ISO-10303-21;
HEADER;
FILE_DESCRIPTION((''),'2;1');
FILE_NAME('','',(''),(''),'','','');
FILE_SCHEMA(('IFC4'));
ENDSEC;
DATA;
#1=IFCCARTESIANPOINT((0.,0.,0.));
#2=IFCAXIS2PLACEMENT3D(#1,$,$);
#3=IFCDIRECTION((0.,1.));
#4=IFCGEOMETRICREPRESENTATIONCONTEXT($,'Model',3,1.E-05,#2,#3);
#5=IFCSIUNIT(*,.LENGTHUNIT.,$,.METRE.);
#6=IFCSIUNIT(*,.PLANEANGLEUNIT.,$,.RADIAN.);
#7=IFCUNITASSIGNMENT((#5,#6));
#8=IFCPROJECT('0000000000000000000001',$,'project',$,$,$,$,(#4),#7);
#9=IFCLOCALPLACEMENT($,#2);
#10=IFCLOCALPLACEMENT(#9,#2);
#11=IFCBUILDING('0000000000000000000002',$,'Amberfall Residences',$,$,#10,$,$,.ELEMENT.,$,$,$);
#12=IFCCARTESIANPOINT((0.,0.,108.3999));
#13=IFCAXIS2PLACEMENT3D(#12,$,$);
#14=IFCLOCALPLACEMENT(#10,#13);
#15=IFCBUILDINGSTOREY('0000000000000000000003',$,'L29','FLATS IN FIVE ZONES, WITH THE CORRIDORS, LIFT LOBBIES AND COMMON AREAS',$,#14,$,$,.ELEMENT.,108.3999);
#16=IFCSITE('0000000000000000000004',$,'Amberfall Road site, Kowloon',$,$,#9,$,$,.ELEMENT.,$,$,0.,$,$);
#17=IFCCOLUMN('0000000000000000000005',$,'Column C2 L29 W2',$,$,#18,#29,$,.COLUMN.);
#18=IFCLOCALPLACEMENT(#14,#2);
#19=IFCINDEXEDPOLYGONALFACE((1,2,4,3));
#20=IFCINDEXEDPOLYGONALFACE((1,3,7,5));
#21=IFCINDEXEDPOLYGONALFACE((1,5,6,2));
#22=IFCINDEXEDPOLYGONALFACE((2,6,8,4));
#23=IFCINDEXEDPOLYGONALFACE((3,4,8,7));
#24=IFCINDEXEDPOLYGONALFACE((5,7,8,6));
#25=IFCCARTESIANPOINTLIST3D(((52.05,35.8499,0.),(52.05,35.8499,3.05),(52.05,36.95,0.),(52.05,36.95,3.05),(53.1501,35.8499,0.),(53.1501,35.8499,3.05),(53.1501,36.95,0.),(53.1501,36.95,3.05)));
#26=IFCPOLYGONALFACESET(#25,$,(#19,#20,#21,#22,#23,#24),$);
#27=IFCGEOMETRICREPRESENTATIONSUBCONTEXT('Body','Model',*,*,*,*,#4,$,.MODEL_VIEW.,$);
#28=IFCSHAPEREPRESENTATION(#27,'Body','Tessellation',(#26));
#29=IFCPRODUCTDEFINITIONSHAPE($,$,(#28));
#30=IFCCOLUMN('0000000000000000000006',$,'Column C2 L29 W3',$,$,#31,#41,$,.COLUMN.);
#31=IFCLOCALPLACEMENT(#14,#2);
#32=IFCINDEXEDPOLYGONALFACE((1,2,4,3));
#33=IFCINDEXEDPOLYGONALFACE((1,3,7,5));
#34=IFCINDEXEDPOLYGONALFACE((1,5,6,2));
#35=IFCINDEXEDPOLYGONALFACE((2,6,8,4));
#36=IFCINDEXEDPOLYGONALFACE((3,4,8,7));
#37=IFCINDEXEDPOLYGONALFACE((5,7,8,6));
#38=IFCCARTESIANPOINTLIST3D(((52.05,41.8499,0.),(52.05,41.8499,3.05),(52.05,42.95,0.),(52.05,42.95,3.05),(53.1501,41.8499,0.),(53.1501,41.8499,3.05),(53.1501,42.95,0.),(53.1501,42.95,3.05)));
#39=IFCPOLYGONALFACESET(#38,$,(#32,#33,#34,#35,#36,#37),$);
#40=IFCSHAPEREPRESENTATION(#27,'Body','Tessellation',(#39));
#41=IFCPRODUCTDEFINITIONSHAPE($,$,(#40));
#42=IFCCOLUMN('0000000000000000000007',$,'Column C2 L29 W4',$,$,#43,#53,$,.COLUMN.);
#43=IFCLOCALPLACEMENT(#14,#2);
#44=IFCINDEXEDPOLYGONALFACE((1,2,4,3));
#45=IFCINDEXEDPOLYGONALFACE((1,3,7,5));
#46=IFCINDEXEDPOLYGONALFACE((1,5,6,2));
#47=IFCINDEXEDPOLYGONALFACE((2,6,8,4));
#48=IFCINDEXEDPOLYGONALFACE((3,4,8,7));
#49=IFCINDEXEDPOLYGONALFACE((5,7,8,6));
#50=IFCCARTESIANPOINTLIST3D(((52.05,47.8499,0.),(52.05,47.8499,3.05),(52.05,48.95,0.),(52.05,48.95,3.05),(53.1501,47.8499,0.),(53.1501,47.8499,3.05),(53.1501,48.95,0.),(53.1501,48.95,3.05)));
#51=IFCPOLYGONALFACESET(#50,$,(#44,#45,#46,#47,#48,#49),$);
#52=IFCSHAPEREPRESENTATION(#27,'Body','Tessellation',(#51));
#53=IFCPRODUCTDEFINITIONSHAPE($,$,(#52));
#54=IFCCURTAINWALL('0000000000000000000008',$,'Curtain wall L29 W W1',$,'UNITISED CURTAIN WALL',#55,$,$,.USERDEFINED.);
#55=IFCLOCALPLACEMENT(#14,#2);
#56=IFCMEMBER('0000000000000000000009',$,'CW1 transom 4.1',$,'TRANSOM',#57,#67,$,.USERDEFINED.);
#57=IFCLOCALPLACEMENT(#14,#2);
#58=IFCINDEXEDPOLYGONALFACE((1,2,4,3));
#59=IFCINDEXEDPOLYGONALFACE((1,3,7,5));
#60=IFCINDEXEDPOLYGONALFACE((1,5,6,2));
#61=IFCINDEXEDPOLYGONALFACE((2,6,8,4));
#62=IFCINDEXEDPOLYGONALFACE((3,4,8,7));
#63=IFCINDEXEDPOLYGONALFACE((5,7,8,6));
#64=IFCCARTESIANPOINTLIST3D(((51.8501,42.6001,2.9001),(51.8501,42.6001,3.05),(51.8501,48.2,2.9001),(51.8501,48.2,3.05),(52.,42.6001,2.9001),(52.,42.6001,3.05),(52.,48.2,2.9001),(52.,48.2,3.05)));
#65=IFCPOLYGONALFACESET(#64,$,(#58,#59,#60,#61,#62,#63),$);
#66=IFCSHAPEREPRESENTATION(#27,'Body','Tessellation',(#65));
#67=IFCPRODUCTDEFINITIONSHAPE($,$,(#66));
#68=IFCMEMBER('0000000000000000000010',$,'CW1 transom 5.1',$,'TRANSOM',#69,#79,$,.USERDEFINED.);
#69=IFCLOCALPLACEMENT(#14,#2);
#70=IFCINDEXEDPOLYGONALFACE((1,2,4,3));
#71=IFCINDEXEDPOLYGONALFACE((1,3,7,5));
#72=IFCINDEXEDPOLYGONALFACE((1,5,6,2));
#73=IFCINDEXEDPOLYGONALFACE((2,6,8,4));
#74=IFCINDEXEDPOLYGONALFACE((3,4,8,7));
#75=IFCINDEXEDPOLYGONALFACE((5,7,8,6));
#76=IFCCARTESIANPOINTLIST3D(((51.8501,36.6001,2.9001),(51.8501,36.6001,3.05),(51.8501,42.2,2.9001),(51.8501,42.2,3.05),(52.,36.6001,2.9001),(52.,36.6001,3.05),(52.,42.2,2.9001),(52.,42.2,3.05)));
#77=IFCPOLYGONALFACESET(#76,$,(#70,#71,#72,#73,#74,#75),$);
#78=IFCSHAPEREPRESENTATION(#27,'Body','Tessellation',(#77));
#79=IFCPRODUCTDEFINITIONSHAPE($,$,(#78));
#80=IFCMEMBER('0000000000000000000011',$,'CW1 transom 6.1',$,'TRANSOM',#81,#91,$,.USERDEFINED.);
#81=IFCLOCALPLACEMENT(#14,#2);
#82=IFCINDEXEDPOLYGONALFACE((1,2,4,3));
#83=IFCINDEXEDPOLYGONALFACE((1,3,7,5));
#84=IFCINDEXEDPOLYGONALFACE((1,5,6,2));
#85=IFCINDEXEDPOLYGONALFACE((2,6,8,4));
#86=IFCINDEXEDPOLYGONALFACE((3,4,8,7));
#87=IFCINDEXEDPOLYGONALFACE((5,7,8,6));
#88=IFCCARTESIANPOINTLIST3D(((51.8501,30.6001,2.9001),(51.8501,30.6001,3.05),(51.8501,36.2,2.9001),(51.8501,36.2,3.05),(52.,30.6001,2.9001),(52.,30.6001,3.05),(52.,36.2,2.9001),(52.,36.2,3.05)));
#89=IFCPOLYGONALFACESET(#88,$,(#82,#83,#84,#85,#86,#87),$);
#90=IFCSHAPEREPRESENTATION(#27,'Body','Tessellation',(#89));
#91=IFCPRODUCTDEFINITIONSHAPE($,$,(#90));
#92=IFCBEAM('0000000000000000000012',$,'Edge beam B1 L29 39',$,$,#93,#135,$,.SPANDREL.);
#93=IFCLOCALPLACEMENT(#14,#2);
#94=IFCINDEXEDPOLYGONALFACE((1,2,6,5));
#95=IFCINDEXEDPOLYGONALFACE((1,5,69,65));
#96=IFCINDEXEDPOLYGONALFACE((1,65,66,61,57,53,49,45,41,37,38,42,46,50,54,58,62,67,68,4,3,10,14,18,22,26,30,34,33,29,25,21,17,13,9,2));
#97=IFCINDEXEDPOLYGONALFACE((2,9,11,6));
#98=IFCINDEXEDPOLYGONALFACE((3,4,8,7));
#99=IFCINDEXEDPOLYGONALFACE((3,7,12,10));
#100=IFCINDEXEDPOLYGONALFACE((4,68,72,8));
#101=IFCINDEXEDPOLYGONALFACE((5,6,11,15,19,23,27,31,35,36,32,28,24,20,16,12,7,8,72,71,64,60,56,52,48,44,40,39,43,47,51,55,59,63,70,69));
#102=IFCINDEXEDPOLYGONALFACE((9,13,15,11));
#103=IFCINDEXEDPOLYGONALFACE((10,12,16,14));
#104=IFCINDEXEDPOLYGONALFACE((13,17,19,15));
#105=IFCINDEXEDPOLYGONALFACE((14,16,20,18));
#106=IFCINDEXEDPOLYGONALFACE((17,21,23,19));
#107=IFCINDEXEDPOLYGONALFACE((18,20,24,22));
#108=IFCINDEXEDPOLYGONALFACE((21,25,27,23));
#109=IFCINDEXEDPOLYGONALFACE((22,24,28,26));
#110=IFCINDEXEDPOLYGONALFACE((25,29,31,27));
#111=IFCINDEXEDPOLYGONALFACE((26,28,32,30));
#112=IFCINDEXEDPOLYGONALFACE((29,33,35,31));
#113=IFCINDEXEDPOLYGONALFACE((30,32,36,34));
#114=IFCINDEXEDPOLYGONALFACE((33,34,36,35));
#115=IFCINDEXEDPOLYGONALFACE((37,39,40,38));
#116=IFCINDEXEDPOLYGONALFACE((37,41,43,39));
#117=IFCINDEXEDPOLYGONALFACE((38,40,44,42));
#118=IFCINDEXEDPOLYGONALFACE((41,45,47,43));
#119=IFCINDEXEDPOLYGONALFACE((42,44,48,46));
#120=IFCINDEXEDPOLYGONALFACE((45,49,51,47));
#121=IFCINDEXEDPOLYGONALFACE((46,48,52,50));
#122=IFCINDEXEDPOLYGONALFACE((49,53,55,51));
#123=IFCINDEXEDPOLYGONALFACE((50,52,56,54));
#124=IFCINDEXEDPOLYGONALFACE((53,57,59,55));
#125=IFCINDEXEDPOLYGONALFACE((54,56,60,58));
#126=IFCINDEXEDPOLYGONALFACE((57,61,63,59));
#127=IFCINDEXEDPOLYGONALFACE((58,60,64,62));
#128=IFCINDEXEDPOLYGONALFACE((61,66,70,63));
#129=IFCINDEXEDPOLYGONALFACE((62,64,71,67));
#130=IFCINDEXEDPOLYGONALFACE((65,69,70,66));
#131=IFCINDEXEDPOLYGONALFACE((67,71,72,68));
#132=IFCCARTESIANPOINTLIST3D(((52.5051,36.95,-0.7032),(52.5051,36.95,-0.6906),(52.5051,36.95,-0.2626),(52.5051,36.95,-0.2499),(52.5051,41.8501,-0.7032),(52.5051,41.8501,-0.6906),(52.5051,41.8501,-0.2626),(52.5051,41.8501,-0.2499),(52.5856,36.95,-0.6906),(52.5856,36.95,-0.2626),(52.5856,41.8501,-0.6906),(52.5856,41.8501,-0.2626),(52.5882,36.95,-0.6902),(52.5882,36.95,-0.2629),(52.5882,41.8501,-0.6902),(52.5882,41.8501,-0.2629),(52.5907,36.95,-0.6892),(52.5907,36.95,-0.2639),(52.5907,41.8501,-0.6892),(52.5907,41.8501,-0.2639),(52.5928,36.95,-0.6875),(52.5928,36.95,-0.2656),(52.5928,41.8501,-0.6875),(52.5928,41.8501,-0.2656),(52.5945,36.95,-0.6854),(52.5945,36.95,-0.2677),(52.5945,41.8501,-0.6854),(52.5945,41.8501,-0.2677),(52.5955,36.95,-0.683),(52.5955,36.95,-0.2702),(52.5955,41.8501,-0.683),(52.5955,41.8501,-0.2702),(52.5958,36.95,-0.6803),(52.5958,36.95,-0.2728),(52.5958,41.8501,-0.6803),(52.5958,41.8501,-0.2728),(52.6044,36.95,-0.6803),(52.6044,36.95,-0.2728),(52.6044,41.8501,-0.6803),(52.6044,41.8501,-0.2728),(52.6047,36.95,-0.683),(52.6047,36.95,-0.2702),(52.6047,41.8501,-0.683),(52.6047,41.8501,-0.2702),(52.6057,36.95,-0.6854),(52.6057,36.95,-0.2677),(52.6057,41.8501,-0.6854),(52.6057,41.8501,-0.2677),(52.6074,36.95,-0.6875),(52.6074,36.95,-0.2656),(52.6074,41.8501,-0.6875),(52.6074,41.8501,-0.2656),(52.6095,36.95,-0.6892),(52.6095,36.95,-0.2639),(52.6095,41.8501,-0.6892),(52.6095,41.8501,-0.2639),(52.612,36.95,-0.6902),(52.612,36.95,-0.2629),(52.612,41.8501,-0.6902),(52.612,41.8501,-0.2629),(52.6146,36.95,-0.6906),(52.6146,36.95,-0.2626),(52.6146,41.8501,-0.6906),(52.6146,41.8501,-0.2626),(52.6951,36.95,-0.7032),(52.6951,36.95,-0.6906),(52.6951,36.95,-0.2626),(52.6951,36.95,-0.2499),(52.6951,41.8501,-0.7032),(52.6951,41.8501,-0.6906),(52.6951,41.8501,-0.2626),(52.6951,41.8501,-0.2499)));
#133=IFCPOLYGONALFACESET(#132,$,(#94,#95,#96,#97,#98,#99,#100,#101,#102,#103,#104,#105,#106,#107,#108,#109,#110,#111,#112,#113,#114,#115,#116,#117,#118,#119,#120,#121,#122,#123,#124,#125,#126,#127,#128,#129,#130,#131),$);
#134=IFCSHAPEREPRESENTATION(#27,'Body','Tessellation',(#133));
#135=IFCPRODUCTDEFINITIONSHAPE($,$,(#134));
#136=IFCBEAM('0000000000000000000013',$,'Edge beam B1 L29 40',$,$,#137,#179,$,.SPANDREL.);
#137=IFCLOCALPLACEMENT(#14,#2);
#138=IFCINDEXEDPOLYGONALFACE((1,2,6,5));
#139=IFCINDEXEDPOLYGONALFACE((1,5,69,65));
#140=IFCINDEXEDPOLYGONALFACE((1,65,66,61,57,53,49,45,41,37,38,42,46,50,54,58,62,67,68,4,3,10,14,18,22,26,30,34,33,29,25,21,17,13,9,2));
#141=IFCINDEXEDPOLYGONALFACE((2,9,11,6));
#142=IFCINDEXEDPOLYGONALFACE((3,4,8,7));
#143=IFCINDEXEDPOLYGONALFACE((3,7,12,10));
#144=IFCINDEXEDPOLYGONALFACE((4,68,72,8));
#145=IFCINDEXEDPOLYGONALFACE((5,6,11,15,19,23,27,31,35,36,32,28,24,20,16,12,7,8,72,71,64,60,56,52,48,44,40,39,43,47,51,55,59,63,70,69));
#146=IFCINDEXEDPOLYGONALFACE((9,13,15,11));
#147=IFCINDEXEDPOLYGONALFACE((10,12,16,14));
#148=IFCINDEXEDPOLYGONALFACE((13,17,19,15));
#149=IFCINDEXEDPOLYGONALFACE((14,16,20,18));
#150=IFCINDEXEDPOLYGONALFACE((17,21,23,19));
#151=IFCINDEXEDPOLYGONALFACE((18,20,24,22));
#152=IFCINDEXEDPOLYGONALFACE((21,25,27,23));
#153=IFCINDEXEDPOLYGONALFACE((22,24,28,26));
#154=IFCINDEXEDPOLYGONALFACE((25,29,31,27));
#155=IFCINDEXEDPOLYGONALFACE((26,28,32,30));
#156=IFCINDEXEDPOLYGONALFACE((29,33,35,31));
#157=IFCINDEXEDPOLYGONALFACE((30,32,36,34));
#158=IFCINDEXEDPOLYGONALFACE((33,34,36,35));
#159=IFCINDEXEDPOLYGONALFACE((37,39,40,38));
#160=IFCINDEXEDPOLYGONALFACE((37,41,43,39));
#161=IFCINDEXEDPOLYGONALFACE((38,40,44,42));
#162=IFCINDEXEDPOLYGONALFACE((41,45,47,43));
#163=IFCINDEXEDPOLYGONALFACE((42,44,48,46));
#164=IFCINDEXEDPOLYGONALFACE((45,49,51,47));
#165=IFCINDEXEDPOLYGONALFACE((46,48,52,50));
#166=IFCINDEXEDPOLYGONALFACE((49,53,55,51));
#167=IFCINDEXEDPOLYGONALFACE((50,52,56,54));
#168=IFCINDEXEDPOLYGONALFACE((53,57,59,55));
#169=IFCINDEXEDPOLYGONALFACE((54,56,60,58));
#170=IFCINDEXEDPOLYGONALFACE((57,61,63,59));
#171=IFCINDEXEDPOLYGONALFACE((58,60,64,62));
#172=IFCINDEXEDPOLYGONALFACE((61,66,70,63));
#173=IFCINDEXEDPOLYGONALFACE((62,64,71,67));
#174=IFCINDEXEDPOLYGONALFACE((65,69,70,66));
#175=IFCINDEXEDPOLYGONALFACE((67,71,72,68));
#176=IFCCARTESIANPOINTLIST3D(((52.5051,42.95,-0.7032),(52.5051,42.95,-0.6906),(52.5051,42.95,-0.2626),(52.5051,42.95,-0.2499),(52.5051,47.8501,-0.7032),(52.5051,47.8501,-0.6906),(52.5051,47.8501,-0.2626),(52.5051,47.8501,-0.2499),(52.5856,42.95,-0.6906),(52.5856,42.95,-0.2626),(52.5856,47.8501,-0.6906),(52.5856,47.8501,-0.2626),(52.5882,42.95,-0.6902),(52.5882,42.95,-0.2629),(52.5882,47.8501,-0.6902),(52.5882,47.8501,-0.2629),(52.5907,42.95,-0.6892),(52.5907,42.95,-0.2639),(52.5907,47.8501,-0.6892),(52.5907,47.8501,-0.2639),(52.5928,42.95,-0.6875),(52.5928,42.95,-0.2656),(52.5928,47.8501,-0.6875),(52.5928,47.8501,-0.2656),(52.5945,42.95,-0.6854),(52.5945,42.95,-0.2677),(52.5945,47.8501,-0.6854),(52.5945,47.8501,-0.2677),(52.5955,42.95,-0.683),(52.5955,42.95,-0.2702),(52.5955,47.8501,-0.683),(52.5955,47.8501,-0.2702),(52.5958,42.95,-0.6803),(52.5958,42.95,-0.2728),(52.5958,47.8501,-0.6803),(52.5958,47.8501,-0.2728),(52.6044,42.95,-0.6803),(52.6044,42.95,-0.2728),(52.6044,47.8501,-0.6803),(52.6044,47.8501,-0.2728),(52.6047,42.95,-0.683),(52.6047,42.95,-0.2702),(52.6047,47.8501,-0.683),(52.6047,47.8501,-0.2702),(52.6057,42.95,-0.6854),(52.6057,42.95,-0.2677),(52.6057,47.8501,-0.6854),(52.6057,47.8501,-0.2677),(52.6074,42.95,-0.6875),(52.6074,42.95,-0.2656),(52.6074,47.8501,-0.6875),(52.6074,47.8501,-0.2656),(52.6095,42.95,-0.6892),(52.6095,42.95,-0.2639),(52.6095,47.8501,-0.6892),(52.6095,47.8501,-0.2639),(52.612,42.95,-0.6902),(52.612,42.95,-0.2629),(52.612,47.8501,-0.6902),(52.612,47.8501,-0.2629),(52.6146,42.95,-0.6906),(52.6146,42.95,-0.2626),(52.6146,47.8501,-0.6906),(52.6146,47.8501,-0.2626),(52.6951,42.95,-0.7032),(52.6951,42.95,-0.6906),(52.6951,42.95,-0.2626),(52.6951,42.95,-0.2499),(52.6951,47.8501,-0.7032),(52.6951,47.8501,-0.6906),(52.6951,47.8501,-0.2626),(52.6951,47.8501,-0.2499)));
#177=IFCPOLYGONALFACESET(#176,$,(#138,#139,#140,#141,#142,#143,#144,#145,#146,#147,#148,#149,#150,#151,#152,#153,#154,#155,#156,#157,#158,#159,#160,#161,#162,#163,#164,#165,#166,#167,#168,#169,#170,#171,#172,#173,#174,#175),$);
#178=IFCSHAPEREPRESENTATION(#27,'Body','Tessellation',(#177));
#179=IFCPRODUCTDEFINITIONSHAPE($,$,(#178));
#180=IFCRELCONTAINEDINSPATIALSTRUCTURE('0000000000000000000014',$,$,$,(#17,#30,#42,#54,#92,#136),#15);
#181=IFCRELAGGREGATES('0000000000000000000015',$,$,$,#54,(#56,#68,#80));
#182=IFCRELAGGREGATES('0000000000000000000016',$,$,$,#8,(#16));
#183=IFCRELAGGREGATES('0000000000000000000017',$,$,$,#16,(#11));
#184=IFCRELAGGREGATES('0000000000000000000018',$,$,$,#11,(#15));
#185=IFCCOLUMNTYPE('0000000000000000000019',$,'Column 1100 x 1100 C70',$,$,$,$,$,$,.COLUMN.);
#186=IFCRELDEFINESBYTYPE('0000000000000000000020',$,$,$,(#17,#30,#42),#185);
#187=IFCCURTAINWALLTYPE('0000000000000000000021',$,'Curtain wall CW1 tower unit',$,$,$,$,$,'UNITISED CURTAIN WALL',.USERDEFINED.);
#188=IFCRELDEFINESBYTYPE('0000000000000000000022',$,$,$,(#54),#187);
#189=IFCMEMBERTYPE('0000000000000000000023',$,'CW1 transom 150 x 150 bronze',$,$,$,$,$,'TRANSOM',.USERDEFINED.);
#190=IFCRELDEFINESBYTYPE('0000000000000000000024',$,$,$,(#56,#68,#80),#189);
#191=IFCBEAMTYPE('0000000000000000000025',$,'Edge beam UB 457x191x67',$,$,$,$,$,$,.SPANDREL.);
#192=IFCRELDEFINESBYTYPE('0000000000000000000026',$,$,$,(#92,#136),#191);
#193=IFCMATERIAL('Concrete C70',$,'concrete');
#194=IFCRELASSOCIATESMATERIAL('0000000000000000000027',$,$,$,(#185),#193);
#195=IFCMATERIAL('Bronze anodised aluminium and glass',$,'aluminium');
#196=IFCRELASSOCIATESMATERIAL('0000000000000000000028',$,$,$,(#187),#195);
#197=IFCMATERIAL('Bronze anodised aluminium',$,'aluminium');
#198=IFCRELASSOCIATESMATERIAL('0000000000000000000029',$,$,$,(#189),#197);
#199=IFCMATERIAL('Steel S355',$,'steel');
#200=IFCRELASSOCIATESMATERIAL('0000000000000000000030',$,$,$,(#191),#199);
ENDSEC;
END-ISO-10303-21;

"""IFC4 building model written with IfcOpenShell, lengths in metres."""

from ifc_helpers import new_model, si_unit, direction, frame, origin, origin_2d, place, context, subcontext, project, spatial, rectangle, i_section, extrude, material, material_profile, profile_set, type_object, element, aggregate, save


model = new_model("IFC4")

# Units and contexts
model_context = context("Model", 3, precision=1e-05, world=origin(), true_north=direction((0.0, 1.0)))
body_context = subcontext(model_context, "Body", "Model", "MODEL_VIEW")
ifc_project = project(units=[si_unit("LENGTHUNIT", "METRE"), si_unit("PLANEANGLEUNIT", "RADIAN")], contexts=[model_context])

# Site, building, storey
site_placement = place(None, origin())
site = spatial("IfcSite", under=ifc_project, at=site_placement, Name="Amberfall Road site, Kowloon", CompositionType="ELEMENT", RefElevation=0.0)
building_placement = place(site_placement, origin())
building = spatial("IfcBuilding", under=site, at=building_placement, Name="Amberfall Residences", CompositionType="ELEMENT")
storey_placement = place(building_placement, frame((0.0, 0.0, 108.3999)))
storey = spatial("IfcBuildingStorey", under=building, at=storey_placement, Name="L29", Description="FLATS IN FIVE ZONES, WITH THE CORRIDORS, LIFT LOBBIES AND COMMON AREAS", CompositionType="ELEMENT", Elevation=108.3999)

# Columns
ifc_material_1 = material(Name="Concrete C70", Category="concrete")
ifc_material_profile_1 = material_profile(ifc_material_1, rectangle(XDim=1.1001, YDim=1.1001, at=origin_2d()), Name="Column 1100 x 1100 C70")
ifc_profile_set_1 = profile_set([ifc_material_profile_1], Name="Concrete C70")
column_type = type_object("IfcColumnType", Name="Column 1100 x 1100 C70", PredefinedType="COLUMN", material=ifc_profile_set_1)
for number, where, z_axis, x_axis, name in (
    (1, (52.6001, 36.3999, 0.0), (0.0, 0.0, 1.0), (1.0, 0.0, 0.0), "Column C2 L29 W2"),
    (2, (52.6001, 42.3999, 0.0), (0.0, 0.0, 1.0), (1.0, 0.0, 0.0), "Column C2 L29 W3"),
    (3, (52.6001, 48.3999, 0.0), (0.0, 0.0, 1.0), (1.0, 0.0, 0.0), "Column C2 L29 W4"),
):
    element("IfcColumn", number, at=place(storey_placement, frame(where, z_axis=z_axis, x_axis=x_axis)), inside=storey, type_object=column_type, Name=name, PredefinedType="COLUMN", context=body_context, shape_type="SweptSolid", body=[
        extrude(rectangle(XDim=1.1001, YDim=1.1001, at=origin_2d()), origin(), (0.0, 0.0, 1.0), 3.05),
    ])

# Curtain wall, members
ifc_material_2 = material(Name="Bronze anodised aluminium and glass", Category="aluminium")
curtain_wall_type = type_object("IfcCurtainWallType", Name="Curtain wall CW1 tower unit", ElementType="UNITISED CURTAIN WALL", PredefinedType="USERDEFINED", material=ifc_material_2)
curtain_wall_placement = place(storey_placement, origin())
curtain_wall = element("IfcCurtainWall", 4, at=curtain_wall_placement, inside=storey, type_object=curtain_wall_type, Name="Curtain wall L29 W W1", ObjectType="UNITISED CURTAIN WALL", PredefinedType="USERDEFINED")
ifc_material_3 = material(Name="Bronze anodised aluminium", Category="aluminium")
ifc_material_profile_2 = material_profile(ifc_material_3, rectangle(XDim=0.1499, YDim=0.1499, at=origin_2d()), Name="CW1 transom 150 x 150 bronze")
ifc_profile_set_2 = profile_set([ifc_material_profile_2], Name="Bronze anodised aluminium")
member_type_1 = type_object("IfcMemberType", Name="CW1 transom 150 x 150 bronze", ElementType="TRANSOM", PredefinedType="USERDEFINED", material=ifc_profile_set_2)
member_1_placement = place(storey_placement, frame((51.925, 48.2, 2.9751), z_axis=(0.0, -1.0, 0.0), x_axis=(1.0, 0.0, 0.0)))
member_1 = element("IfcMember", 5, at=member_1_placement, type_object=member_type_1, Name="CW1 transom 4.1", ObjectType="TRANSOM", PredefinedType="USERDEFINED", context=body_context, shape_type="SweptSolid", body=[
    extrude(rectangle(XDim=0.1499, YDim=0.1499, at=origin_2d()), origin(), (0.0, 0.0, 1.0), 5.5999),
])
member_2_placement = place(storey_placement, frame((51.925, 42.2, 2.9751), z_axis=(0.0, -1.0, 0.0), x_axis=(1.0, 0.0, 0.0)))
member_2 = element("IfcMember", 6, at=member_2_placement, type_object=member_type_1, Name="CW1 transom 5.1", ObjectType="TRANSOM", PredefinedType="USERDEFINED", context=body_context, shape_type="SweptSolid", body=[
    extrude(rectangle(XDim=0.1499, YDim=0.1499, at=origin_2d()), origin(), (0.0, 0.0, 1.0), 5.5999),
])
member_3_placement = place(storey_placement, frame((51.925, 36.2, 2.9751), z_axis=(0.0, -1.0, 0.0), x_axis=(1.0, 0.0, 0.0)))
member_3 = element("IfcMember", 7, at=member_3_placement, type_object=member_type_1, Name="CW1 transom 6.1", ObjectType="TRANSOM", PredefinedType="USERDEFINED", context=body_context, shape_type="SweptSolid", body=[
    extrude(rectangle(XDim=0.1499, YDim=0.1499, at=origin_2d()), origin(), (0.0, 0.0, 1.0), 5.5999),
])

# Beams
ifc_material_4 = material(Name="Steel S355", Category="steel")
ifc_material_profile_3 = material_profile(ifc_material_4, i_section(OverallWidth=0.1899, OverallDepth=0.4534, WebThickness=0.0085, FlangeThickness=0.0127, FilletRadius=0.0103, at=origin_2d()), Name="UB 457x191x67")
ifc_profile_set_3 = profile_set([ifc_material_profile_3], Name="Steel S355")
beam_type_1 = type_object("IfcBeamType", Name="Edge beam UB 457x191x67", PredefinedType="SPANDREL", material=ifc_profile_set_3)
for number, where, z_axis, x_axis, name in (
    (8, (52.6001, 36.95, -0.4766), (0.0, 1.0, 0.0), (-1.0, 0.0, 0.0), "Edge beam B1 L29 39"),
    (9, (52.6001, 42.95, -0.4766), (0.0, 1.0, 0.0), (-1.0, 0.0, 0.0), "Edge beam B1 L29 40"),
):
    element("IfcBeam", number, at=place(storey_placement, frame(where, z_axis=z_axis, x_axis=x_axis)), inside=storey, type_object=beam_type_1, Name=name, PredefinedType="SPANDREL", context=body_context, shape_type="SweptSolid", body=[
        extrude(i_section(OverallWidth=0.1899, OverallDepth=0.4534, WebThickness=0.0085, FlangeThickness=0.0127, FilletRadius=0.0103, at=origin_2d()), origin(), (0.0, 0.0, 1.0), 4.9001),
    ])

aggregate(curtain_wall, [member_1, member_2, member_3])

save(model, "model.ifc")
